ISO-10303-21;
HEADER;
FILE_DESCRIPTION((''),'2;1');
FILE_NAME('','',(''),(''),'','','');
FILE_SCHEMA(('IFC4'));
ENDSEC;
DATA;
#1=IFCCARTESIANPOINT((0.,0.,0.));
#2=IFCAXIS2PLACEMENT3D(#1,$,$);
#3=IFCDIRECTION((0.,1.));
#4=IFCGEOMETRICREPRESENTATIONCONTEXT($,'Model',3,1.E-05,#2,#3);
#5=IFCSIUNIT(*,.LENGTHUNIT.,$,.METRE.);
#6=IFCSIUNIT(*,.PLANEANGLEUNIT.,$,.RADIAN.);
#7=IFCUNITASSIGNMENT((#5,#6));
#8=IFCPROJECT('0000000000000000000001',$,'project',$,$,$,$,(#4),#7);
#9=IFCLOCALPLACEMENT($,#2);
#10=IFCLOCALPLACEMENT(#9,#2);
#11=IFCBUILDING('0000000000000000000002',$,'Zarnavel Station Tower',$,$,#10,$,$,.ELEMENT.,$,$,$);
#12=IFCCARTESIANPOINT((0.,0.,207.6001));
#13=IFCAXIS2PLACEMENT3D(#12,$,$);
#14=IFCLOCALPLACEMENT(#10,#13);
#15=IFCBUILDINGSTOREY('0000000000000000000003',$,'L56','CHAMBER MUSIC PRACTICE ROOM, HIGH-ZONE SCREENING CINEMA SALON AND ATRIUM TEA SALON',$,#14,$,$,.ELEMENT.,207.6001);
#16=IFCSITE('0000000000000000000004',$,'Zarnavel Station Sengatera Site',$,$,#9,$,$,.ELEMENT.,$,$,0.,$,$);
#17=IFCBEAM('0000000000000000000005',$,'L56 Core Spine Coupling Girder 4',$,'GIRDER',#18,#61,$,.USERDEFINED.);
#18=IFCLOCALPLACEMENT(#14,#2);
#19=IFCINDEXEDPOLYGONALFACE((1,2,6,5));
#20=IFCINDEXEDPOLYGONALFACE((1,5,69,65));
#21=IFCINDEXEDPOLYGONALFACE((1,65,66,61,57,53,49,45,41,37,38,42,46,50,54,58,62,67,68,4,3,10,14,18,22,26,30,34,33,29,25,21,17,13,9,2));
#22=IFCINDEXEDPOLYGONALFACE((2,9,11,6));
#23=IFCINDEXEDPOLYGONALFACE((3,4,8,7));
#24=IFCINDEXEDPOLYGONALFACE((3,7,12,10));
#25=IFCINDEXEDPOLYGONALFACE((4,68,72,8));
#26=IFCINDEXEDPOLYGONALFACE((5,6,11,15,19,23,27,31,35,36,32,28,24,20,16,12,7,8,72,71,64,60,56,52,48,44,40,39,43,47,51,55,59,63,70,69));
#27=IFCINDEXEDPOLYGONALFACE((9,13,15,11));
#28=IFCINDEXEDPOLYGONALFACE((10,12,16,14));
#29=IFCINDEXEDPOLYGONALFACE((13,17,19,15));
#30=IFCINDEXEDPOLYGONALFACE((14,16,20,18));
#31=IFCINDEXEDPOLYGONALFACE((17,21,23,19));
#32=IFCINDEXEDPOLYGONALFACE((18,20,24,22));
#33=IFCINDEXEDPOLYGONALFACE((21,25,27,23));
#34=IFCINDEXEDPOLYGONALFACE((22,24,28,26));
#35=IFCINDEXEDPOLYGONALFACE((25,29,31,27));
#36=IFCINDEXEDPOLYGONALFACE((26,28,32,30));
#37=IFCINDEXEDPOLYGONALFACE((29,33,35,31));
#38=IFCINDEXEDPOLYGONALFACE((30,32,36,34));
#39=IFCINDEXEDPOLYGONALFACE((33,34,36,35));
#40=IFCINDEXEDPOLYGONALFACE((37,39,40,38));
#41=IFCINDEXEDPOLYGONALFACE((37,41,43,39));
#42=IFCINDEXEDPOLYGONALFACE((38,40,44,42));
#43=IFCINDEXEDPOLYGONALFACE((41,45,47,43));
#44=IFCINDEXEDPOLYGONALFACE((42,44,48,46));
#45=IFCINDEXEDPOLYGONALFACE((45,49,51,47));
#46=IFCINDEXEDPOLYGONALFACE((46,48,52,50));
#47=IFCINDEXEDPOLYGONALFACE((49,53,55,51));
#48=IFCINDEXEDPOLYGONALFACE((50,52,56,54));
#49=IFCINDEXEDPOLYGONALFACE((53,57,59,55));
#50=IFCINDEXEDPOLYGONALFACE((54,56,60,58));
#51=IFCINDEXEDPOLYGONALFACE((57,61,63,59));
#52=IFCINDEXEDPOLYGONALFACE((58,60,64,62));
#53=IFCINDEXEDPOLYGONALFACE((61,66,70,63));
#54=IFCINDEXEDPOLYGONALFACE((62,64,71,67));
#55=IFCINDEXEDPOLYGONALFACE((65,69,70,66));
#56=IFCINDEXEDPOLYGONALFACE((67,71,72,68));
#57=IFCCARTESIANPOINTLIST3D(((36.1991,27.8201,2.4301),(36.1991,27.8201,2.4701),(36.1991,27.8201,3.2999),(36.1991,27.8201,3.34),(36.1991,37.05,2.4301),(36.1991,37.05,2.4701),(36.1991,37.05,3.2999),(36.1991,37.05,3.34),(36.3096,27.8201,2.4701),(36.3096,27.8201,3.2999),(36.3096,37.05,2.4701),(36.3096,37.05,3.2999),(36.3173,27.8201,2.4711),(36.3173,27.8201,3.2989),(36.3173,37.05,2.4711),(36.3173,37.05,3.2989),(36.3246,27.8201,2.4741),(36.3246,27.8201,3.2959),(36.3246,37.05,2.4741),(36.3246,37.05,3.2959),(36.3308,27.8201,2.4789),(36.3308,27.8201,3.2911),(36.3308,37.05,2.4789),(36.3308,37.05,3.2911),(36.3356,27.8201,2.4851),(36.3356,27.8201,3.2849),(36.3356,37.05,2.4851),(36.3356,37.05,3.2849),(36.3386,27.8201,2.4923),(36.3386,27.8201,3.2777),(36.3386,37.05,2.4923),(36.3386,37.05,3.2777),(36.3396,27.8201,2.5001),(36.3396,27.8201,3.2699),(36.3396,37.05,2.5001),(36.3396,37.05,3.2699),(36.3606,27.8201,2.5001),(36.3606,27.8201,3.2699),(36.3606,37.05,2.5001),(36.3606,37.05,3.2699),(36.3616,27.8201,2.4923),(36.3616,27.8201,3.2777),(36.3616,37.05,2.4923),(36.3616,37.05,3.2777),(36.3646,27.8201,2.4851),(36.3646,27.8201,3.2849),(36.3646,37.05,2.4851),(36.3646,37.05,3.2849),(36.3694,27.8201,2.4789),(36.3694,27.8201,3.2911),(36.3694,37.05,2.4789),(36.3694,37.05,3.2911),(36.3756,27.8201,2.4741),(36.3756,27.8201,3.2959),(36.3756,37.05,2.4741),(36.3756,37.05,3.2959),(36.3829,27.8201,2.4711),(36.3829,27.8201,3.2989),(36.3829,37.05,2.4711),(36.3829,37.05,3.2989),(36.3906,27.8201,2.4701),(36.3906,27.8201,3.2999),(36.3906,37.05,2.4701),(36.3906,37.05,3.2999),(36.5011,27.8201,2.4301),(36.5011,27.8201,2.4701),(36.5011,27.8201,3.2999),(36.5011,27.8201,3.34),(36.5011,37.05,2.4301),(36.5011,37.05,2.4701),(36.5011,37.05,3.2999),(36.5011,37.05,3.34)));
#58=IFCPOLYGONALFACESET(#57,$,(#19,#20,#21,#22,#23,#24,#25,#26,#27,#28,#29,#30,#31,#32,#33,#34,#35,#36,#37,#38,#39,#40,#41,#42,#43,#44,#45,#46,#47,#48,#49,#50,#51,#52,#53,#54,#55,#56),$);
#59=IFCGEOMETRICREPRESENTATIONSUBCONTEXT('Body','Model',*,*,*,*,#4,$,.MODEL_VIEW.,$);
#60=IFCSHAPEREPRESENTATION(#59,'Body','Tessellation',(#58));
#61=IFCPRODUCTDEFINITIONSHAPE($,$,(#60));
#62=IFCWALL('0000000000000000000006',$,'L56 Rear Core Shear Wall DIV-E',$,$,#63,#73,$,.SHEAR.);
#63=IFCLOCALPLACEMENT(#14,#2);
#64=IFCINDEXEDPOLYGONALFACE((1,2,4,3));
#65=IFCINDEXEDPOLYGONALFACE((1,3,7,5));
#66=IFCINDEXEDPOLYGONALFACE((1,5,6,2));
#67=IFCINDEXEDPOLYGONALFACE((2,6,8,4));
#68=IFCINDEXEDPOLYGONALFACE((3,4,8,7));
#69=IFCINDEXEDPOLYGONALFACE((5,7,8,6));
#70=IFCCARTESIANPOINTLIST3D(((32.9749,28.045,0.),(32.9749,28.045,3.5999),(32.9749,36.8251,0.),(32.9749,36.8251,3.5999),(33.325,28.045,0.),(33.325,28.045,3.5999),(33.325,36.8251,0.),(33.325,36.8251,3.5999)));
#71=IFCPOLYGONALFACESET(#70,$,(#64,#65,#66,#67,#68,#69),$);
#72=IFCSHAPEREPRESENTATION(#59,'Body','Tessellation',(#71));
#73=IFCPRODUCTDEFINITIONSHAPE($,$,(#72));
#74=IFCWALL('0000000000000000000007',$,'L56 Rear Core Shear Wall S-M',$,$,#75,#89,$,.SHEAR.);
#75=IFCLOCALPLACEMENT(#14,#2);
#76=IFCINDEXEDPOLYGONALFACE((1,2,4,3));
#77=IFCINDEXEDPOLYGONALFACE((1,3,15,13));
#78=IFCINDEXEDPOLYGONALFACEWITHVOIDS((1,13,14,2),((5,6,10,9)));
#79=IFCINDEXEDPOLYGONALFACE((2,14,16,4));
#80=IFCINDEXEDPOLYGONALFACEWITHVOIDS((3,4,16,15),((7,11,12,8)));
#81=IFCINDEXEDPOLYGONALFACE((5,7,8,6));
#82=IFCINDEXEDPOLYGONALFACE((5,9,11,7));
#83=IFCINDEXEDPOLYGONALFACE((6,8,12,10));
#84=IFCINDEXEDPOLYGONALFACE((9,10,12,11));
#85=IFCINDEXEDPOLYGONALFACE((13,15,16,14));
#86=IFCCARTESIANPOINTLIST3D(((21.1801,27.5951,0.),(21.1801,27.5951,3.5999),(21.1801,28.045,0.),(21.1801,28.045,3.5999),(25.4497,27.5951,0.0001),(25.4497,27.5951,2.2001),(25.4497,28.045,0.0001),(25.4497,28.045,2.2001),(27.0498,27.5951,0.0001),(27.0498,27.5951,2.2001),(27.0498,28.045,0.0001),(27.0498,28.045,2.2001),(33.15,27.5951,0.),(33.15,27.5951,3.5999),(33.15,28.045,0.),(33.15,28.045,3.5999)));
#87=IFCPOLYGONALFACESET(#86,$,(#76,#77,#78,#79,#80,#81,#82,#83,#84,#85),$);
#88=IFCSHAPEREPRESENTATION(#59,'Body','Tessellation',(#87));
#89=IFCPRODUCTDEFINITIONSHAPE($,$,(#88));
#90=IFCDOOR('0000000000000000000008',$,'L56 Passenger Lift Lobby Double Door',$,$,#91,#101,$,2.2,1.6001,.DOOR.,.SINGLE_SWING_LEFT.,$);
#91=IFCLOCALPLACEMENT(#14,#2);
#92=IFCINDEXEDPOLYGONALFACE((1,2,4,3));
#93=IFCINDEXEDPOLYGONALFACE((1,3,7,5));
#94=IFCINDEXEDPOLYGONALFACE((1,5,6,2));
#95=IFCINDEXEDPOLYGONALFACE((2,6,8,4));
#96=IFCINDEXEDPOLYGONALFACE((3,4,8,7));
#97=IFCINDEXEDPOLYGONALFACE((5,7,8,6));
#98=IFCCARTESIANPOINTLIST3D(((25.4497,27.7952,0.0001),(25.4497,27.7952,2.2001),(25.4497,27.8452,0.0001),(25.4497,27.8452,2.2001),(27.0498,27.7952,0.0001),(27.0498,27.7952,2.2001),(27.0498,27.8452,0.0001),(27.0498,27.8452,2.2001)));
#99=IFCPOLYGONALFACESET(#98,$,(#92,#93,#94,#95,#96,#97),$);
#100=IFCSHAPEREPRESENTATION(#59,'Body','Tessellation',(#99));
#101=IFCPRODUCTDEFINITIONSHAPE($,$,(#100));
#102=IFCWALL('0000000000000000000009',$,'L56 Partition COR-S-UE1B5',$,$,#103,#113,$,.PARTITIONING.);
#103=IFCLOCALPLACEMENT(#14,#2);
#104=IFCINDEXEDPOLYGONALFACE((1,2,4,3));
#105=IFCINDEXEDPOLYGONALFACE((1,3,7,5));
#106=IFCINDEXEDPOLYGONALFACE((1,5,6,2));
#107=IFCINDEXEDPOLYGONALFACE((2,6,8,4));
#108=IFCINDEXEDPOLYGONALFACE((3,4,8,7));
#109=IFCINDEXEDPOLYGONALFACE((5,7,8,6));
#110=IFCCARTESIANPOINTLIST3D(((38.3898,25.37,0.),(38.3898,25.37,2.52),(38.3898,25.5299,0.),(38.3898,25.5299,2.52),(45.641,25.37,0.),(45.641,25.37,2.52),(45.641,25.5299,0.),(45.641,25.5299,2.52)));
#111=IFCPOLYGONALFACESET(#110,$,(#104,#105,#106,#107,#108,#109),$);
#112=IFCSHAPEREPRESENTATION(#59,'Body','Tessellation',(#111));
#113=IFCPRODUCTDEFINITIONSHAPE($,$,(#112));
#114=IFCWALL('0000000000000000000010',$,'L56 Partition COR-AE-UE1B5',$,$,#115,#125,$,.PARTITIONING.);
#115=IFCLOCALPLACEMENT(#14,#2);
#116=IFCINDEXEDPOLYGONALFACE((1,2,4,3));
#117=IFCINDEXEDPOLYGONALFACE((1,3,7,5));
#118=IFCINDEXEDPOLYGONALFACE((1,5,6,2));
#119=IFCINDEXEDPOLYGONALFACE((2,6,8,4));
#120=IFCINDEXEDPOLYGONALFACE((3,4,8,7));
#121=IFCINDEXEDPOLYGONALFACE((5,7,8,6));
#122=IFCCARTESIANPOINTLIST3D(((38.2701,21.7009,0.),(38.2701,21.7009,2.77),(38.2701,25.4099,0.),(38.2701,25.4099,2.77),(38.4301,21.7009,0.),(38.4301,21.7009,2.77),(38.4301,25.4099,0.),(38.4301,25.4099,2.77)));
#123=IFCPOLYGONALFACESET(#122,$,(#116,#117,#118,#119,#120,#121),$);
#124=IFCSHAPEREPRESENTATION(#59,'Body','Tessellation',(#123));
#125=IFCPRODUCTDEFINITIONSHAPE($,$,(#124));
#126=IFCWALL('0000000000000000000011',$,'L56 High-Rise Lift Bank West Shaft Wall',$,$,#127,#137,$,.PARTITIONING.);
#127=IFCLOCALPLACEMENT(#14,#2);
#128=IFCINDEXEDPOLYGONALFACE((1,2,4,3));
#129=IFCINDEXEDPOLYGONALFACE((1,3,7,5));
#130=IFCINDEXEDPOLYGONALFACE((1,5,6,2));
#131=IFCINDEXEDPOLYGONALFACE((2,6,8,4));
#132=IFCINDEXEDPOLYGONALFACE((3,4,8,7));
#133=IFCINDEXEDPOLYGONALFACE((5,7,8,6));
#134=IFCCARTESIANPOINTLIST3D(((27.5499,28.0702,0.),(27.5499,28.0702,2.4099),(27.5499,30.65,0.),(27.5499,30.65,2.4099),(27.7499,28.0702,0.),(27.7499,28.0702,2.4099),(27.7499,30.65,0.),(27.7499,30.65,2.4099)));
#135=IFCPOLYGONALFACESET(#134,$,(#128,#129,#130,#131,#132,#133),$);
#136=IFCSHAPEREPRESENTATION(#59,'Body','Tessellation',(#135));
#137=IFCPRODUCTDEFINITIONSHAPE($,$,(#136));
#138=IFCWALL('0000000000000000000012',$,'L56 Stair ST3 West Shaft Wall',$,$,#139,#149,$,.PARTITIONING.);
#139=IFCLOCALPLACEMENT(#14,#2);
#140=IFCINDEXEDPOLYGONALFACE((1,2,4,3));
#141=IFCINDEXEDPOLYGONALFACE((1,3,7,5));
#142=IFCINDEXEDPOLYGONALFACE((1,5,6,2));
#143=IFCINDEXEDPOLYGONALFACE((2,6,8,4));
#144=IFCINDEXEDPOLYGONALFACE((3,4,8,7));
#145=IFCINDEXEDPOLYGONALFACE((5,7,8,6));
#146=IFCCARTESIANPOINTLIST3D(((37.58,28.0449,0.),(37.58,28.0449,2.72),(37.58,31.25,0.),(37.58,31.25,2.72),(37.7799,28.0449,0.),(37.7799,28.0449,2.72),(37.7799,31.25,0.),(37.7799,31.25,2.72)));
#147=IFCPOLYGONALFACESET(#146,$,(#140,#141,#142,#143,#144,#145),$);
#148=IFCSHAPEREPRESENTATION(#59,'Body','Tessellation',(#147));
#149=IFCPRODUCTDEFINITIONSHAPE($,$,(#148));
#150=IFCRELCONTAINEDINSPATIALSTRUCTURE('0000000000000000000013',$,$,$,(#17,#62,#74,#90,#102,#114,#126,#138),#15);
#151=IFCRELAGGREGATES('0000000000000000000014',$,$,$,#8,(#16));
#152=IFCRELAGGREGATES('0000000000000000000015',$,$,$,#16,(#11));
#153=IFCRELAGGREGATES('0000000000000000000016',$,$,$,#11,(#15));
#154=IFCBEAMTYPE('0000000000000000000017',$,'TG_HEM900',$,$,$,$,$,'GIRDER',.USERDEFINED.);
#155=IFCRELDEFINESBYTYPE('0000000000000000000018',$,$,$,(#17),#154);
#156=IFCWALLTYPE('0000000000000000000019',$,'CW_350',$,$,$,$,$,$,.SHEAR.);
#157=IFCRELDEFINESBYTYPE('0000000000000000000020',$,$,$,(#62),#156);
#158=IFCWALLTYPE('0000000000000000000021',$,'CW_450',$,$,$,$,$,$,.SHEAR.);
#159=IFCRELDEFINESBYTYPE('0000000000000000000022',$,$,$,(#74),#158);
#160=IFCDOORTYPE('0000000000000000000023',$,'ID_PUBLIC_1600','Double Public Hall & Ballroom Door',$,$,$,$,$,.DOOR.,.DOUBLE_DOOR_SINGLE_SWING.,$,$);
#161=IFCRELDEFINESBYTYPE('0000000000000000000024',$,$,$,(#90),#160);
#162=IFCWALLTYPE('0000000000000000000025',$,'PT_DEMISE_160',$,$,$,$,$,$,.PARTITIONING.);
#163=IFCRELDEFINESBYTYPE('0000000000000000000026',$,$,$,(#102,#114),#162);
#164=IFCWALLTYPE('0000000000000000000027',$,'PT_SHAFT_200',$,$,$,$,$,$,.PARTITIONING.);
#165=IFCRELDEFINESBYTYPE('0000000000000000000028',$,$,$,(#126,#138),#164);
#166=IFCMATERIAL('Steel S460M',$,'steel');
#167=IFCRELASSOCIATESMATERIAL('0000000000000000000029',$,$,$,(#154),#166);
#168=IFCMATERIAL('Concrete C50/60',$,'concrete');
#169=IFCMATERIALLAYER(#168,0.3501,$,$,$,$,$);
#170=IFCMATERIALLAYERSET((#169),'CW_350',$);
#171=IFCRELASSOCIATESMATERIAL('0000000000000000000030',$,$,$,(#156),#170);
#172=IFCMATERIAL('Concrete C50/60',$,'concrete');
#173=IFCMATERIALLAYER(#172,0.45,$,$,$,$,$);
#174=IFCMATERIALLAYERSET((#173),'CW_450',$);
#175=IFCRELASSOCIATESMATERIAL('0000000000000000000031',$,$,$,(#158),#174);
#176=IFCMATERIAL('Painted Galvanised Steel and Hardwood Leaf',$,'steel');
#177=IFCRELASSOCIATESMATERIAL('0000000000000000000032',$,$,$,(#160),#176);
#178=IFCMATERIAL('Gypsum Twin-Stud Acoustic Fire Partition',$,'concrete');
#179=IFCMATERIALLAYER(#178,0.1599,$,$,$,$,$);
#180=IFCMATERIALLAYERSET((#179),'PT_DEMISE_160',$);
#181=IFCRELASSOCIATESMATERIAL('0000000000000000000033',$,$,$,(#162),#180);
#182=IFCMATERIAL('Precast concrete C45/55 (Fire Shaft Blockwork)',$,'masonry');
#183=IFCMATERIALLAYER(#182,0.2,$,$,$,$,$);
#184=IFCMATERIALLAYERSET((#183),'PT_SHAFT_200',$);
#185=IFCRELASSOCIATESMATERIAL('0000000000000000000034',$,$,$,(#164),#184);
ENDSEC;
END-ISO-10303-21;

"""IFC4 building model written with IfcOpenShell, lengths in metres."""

from ifc_helpers import new_model, si_unit, direction, frame, frame_2d, origin, origin_2d, place, context, subcontext, project, spatial, rectangle, i_section, extrude, material, layer, layer_set, material_profile, profile_set, type_object, element, fill, save


model = new_model("IFC4")

# Units and contexts
model_context = context("Model", 3, precision=1e-05, world=origin(), true_north=direction((0.0, 1.0)))
body_context = subcontext(model_context, "Body", "Model", "MODEL_VIEW")
ifc_project = project(units=[si_unit("LENGTHUNIT", "METRE"), si_unit("PLANEANGLEUNIT", "RADIAN")], contexts=[model_context])

# Site, building, storey
site_placement = place(None, origin())
site = spatial("IfcSite", under=ifc_project, at=site_placement, Name="Zarnavel Station Sengatera Site", CompositionType="ELEMENT", RefElevation=0.0)
building_placement = place(site_placement, origin())
building = spatial("IfcBuilding", under=site, at=building_placement, Name="Zarnavel Station Tower", CompositionType="ELEMENT")
storey_placement = place(building_placement, frame((0.0, 0.0, 207.6001)))
storey = spatial("IfcBuildingStorey", under=building, at=storey_placement, Name="L56", Description="CHAMBER MUSIC PRACTICE ROOM, HIGH-ZONE SCREENING CINEMA SALON AND ATRIUM TEA SALON", CompositionType="ELEMENT", Elevation=207.6001)

# Beam
ifc_material_1 = material(Name="Steel S460M", Category="steel")
ifc_material_profile_1 = material_profile(ifc_material_1, i_section(OverallWidth=0.302, OverallDepth=0.9099, WebThickness=0.021, FlangeThickness=0.04, FilletRadius=0.03, at=origin_2d()), Name="HEM900")
ifc_profile_set_1 = profile_set([ifc_material_profile_1], Name="Steel S460M")
beam_type_1 = type_object("IfcBeamType", Name="TG_HEM900", ElementType="GIRDER", PredefinedType="USERDEFINED", material=ifc_profile_set_1)
for number, where, z_axis, x_axis, name in (
    (1, (36.3501, 27.8201, 2.885), (0.0, 1.0, 0.0), (-1.0, 0.0, 0.0), "L56 Core Spine Coupling Girder 4"),
):
    element("IfcBeam", number, at=place(storey_placement, frame(where, z_axis=z_axis, x_axis=x_axis)), inside=storey, type_object=beam_type_1, Name=name, ObjectType="GIRDER", PredefinedType="USERDEFINED", context=body_context, shape_type="SweptSolid", body=[
        extrude(i_section(OverallWidth=0.302, OverallDepth=0.9099, WebThickness=0.021, FlangeThickness=0.04, FilletRadius=0.03, at=origin_2d()), origin(), (0.0, 0.0, 1.0), 9.23),
    ])

# Wall
ifc_material_2 = material(Name="Concrete C50/60", Category="concrete")
ifc_layer_1 = layer(ifc_material_2, 0.3501)
ifc_layer_set_1 = layer_set([ifc_layer_1], Name="CW_350")
wall_type_1 = type_object("IfcWallType", Name="CW_350", PredefinedType="SHEAR", material=ifc_layer_set_1)
wall_1_placement = place(storey_placement, frame((33.1499, 28.0449, 0.0), z_axis=(0.0, 0.0, 1.0), x_axis=(0.0, 1.0, 0.0)))
element("IfcWall", 2, at=wall_1_placement, inside=storey, type_object=wall_type_1, Name="L56 Rear Core Shear Wall DIV-E", PredefinedType="SHEAR", context=body_context, shape_type="SweptSolid", body=[
    extrude(rectangle(XDim=8.78, YDim=0.3501, at=frame_2d((4.3901, 0.0))), origin(), (0.0, 0.0, 1.0), 3.5999),
])

# Wall, opening, door
ifc_material_3 = material(Name="Concrete C50/60", Category="concrete")
ifc_layer_2 = layer(ifc_material_3, 0.45)
ifc_layer_set_2 = layer_set([ifc_layer_2], Name="CW_450")
wall_type_2 = type_object("IfcWallType", Name="CW_450", PredefinedType="SHEAR", material=ifc_layer_set_2)
wall_2_placement = place(storey_placement, frame((33.1499, 27.8201, 0.0), z_axis=(0.0, 0.0, 1.0), x_axis=(-1.0, 0.0, 0.0)))
wall_2 = element("IfcWall", 3, at=wall_2_placement, inside=storey, type_object=wall_type_2, Name="L56 Rear Core Shear Wall S-M", PredefinedType="SHEAR", context=body_context, shape_type="SweptSolid", body=[
    extrude(rectangle(XDim=11.97, YDim=0.45, at=frame_2d((5.9849, 0.0))), origin(), (0.0, 0.0, 1.0), 3.5999),
])
opening_1_placement = place(wall_2_placement, frame((6.1001, 0.0, 0.0)))
opening_1 = element("IfcOpeningElement", 4, at=opening_1_placement, cuts=wall_2, PredefinedType="OPENING", context=body_context, shape_type="SweptSolid", body=[
    extrude(rectangle(XDim=1.6001, YDim=2.2, at=frame_2d((0.8, 1.1001))), frame((0.0, 0.2349, 0.0), z_axis=(0.0, -1.0, 0.0), x_axis=(1.0, 0.0, 0.0)), (0.0, 0.0, 1.0), 0.47),
])
ifc_material_4 = material(Name="Painted Galvanised Steel and Hardwood Leaf", Category="steel")
door_type_1 = type_object("IfcDoorType", Name="ID_PUBLIC_1600", Description="Double Public Hall & Ballroom Door", OperationType="DOUBLE_DOOR_SINGLE_SWING", PredefinedType="DOOR", material=ifc_material_4)
door_1_placement = place(opening_1_placement, origin())
door_1 = element("IfcDoor", 5, at=door_1_placement, inside=storey, type_object=door_type_1, Name="L56 Passenger Lift Lobby Double Door", OperationType="SINGLE_SWING_LEFT", OverallHeight=2.2, OverallWidth=1.6001, PredefinedType="DOOR", context=body_context, shape_type="SweptSolid", body=[
    extrude(rectangle(XDim=1.6001, YDim=2.2, at=frame_2d((0.8, 1.1001))), frame((0.0, 0.0249, 0.0), z_axis=(0.0, -1.0, 0.0), x_axis=(1.0, 0.0, 0.0)), (0.0, 0.0, 1.0), 0.05),
])
fill(opening_1, door_1)

# Walls
ifc_material_5 = material(Name="Gypsum Twin-Stud Acoustic Fire Partition", Category="concrete")
ifc_layer_3 = layer(ifc_material_5, 0.1599)
ifc_layer_set_3 = layer_set([ifc_layer_3], Name="PT_DEMISE_160")
wall_type_3 = type_object("IfcWallType", Name="PT_DEMISE_160", PredefinedType="PARTITIONING", material=ifc_layer_set_3)
wall_3_placement = place(storey_placement, frame((38.3899, 25.45, 0.0), z_axis=(0.0, 0.0, 1.0), x_axis=(1.0, 0.0, 0.0)))
element("IfcWall", 6, at=wall_3_placement, inside=storey, type_object=wall_type_3, Name="L56 Partition COR-S-UE1B5", PredefinedType="PARTITIONING", context=body_context, shape_type="SweptSolid", body=[
    extrude(rectangle(XDim=7.2512, YDim=0.1599, at=frame_2d((3.6255, 0.0))), origin(), (0.0, 0.0, 1.0), 2.52),
])
wall_4_placement = place(storey_placement, frame((38.3501, 21.7009, 0.0), z_axis=(0.0, 0.0, 1.0), x_axis=(0.0, 1.0, 0.0)))
element("IfcWall", 7, at=wall_4_placement, inside=storey, type_object=wall_type_3, Name="L56 Partition COR-AE-UE1B5", PredefinedType="PARTITIONING", context=body_context, shape_type="SweptSolid", body=[
    extrude(rectangle(XDim=3.709, YDim=0.1599, at=frame_2d((1.8545, 0.0))), origin(), (0.0, 0.0, 1.0), 2.77),
])
ifc_material_6 = material(Name="Precast concrete C45/55 (Fire Shaft Blockwork)", Category="masonry")
ifc_layer_4 = layer(ifc_material_6, 0.2)
ifc_layer_set_4 = layer_set([ifc_layer_4], Name="PT_SHAFT_200")
wall_type_4 = type_object("IfcWallType", Name="PT_SHAFT_200", PredefinedType="PARTITIONING", material=ifc_layer_set_4)
wall_5_placement = place(storey_placement, frame((27.6499, 28.0701, 0.0), z_axis=(0.0, 0.0, 1.0), x_axis=(0.0, 1.0, 0.0)))
element("IfcWall", 8, at=wall_5_placement, inside=storey, type_object=wall_type_4, Name="L56 High-Rise Lift Bank West Shaft Wall", PredefinedType="PARTITIONING", context=body_context, shape_type="SweptSolid", body=[
    extrude(rectangle(XDim=2.5798, YDim=0.2, at=frame_2d((1.29, 0.0))), origin(), (0.0, 0.0, 1.0), 2.4099),
])
wall_6_placement = place(storey_placement, frame((37.6799, 28.0449, 0.0), z_axis=(0.0, 0.0, 1.0), x_axis=(0.0, 1.0, 0.0)))
element("IfcWall", 9, at=wall_6_placement, inside=storey, type_object=wall_type_4, Name="L56 Stair ST3 West Shaft Wall", PredefinedType="PARTITIONING", context=body_context, shape_type="SweptSolid", body=[
    extrude(rectangle(XDim=3.2051, YDim=0.2, at=frame_2d((1.6025, 0.0))), origin(), (0.0, 0.0, 1.0), 2.72),
])

save(model, "model.ifc")
